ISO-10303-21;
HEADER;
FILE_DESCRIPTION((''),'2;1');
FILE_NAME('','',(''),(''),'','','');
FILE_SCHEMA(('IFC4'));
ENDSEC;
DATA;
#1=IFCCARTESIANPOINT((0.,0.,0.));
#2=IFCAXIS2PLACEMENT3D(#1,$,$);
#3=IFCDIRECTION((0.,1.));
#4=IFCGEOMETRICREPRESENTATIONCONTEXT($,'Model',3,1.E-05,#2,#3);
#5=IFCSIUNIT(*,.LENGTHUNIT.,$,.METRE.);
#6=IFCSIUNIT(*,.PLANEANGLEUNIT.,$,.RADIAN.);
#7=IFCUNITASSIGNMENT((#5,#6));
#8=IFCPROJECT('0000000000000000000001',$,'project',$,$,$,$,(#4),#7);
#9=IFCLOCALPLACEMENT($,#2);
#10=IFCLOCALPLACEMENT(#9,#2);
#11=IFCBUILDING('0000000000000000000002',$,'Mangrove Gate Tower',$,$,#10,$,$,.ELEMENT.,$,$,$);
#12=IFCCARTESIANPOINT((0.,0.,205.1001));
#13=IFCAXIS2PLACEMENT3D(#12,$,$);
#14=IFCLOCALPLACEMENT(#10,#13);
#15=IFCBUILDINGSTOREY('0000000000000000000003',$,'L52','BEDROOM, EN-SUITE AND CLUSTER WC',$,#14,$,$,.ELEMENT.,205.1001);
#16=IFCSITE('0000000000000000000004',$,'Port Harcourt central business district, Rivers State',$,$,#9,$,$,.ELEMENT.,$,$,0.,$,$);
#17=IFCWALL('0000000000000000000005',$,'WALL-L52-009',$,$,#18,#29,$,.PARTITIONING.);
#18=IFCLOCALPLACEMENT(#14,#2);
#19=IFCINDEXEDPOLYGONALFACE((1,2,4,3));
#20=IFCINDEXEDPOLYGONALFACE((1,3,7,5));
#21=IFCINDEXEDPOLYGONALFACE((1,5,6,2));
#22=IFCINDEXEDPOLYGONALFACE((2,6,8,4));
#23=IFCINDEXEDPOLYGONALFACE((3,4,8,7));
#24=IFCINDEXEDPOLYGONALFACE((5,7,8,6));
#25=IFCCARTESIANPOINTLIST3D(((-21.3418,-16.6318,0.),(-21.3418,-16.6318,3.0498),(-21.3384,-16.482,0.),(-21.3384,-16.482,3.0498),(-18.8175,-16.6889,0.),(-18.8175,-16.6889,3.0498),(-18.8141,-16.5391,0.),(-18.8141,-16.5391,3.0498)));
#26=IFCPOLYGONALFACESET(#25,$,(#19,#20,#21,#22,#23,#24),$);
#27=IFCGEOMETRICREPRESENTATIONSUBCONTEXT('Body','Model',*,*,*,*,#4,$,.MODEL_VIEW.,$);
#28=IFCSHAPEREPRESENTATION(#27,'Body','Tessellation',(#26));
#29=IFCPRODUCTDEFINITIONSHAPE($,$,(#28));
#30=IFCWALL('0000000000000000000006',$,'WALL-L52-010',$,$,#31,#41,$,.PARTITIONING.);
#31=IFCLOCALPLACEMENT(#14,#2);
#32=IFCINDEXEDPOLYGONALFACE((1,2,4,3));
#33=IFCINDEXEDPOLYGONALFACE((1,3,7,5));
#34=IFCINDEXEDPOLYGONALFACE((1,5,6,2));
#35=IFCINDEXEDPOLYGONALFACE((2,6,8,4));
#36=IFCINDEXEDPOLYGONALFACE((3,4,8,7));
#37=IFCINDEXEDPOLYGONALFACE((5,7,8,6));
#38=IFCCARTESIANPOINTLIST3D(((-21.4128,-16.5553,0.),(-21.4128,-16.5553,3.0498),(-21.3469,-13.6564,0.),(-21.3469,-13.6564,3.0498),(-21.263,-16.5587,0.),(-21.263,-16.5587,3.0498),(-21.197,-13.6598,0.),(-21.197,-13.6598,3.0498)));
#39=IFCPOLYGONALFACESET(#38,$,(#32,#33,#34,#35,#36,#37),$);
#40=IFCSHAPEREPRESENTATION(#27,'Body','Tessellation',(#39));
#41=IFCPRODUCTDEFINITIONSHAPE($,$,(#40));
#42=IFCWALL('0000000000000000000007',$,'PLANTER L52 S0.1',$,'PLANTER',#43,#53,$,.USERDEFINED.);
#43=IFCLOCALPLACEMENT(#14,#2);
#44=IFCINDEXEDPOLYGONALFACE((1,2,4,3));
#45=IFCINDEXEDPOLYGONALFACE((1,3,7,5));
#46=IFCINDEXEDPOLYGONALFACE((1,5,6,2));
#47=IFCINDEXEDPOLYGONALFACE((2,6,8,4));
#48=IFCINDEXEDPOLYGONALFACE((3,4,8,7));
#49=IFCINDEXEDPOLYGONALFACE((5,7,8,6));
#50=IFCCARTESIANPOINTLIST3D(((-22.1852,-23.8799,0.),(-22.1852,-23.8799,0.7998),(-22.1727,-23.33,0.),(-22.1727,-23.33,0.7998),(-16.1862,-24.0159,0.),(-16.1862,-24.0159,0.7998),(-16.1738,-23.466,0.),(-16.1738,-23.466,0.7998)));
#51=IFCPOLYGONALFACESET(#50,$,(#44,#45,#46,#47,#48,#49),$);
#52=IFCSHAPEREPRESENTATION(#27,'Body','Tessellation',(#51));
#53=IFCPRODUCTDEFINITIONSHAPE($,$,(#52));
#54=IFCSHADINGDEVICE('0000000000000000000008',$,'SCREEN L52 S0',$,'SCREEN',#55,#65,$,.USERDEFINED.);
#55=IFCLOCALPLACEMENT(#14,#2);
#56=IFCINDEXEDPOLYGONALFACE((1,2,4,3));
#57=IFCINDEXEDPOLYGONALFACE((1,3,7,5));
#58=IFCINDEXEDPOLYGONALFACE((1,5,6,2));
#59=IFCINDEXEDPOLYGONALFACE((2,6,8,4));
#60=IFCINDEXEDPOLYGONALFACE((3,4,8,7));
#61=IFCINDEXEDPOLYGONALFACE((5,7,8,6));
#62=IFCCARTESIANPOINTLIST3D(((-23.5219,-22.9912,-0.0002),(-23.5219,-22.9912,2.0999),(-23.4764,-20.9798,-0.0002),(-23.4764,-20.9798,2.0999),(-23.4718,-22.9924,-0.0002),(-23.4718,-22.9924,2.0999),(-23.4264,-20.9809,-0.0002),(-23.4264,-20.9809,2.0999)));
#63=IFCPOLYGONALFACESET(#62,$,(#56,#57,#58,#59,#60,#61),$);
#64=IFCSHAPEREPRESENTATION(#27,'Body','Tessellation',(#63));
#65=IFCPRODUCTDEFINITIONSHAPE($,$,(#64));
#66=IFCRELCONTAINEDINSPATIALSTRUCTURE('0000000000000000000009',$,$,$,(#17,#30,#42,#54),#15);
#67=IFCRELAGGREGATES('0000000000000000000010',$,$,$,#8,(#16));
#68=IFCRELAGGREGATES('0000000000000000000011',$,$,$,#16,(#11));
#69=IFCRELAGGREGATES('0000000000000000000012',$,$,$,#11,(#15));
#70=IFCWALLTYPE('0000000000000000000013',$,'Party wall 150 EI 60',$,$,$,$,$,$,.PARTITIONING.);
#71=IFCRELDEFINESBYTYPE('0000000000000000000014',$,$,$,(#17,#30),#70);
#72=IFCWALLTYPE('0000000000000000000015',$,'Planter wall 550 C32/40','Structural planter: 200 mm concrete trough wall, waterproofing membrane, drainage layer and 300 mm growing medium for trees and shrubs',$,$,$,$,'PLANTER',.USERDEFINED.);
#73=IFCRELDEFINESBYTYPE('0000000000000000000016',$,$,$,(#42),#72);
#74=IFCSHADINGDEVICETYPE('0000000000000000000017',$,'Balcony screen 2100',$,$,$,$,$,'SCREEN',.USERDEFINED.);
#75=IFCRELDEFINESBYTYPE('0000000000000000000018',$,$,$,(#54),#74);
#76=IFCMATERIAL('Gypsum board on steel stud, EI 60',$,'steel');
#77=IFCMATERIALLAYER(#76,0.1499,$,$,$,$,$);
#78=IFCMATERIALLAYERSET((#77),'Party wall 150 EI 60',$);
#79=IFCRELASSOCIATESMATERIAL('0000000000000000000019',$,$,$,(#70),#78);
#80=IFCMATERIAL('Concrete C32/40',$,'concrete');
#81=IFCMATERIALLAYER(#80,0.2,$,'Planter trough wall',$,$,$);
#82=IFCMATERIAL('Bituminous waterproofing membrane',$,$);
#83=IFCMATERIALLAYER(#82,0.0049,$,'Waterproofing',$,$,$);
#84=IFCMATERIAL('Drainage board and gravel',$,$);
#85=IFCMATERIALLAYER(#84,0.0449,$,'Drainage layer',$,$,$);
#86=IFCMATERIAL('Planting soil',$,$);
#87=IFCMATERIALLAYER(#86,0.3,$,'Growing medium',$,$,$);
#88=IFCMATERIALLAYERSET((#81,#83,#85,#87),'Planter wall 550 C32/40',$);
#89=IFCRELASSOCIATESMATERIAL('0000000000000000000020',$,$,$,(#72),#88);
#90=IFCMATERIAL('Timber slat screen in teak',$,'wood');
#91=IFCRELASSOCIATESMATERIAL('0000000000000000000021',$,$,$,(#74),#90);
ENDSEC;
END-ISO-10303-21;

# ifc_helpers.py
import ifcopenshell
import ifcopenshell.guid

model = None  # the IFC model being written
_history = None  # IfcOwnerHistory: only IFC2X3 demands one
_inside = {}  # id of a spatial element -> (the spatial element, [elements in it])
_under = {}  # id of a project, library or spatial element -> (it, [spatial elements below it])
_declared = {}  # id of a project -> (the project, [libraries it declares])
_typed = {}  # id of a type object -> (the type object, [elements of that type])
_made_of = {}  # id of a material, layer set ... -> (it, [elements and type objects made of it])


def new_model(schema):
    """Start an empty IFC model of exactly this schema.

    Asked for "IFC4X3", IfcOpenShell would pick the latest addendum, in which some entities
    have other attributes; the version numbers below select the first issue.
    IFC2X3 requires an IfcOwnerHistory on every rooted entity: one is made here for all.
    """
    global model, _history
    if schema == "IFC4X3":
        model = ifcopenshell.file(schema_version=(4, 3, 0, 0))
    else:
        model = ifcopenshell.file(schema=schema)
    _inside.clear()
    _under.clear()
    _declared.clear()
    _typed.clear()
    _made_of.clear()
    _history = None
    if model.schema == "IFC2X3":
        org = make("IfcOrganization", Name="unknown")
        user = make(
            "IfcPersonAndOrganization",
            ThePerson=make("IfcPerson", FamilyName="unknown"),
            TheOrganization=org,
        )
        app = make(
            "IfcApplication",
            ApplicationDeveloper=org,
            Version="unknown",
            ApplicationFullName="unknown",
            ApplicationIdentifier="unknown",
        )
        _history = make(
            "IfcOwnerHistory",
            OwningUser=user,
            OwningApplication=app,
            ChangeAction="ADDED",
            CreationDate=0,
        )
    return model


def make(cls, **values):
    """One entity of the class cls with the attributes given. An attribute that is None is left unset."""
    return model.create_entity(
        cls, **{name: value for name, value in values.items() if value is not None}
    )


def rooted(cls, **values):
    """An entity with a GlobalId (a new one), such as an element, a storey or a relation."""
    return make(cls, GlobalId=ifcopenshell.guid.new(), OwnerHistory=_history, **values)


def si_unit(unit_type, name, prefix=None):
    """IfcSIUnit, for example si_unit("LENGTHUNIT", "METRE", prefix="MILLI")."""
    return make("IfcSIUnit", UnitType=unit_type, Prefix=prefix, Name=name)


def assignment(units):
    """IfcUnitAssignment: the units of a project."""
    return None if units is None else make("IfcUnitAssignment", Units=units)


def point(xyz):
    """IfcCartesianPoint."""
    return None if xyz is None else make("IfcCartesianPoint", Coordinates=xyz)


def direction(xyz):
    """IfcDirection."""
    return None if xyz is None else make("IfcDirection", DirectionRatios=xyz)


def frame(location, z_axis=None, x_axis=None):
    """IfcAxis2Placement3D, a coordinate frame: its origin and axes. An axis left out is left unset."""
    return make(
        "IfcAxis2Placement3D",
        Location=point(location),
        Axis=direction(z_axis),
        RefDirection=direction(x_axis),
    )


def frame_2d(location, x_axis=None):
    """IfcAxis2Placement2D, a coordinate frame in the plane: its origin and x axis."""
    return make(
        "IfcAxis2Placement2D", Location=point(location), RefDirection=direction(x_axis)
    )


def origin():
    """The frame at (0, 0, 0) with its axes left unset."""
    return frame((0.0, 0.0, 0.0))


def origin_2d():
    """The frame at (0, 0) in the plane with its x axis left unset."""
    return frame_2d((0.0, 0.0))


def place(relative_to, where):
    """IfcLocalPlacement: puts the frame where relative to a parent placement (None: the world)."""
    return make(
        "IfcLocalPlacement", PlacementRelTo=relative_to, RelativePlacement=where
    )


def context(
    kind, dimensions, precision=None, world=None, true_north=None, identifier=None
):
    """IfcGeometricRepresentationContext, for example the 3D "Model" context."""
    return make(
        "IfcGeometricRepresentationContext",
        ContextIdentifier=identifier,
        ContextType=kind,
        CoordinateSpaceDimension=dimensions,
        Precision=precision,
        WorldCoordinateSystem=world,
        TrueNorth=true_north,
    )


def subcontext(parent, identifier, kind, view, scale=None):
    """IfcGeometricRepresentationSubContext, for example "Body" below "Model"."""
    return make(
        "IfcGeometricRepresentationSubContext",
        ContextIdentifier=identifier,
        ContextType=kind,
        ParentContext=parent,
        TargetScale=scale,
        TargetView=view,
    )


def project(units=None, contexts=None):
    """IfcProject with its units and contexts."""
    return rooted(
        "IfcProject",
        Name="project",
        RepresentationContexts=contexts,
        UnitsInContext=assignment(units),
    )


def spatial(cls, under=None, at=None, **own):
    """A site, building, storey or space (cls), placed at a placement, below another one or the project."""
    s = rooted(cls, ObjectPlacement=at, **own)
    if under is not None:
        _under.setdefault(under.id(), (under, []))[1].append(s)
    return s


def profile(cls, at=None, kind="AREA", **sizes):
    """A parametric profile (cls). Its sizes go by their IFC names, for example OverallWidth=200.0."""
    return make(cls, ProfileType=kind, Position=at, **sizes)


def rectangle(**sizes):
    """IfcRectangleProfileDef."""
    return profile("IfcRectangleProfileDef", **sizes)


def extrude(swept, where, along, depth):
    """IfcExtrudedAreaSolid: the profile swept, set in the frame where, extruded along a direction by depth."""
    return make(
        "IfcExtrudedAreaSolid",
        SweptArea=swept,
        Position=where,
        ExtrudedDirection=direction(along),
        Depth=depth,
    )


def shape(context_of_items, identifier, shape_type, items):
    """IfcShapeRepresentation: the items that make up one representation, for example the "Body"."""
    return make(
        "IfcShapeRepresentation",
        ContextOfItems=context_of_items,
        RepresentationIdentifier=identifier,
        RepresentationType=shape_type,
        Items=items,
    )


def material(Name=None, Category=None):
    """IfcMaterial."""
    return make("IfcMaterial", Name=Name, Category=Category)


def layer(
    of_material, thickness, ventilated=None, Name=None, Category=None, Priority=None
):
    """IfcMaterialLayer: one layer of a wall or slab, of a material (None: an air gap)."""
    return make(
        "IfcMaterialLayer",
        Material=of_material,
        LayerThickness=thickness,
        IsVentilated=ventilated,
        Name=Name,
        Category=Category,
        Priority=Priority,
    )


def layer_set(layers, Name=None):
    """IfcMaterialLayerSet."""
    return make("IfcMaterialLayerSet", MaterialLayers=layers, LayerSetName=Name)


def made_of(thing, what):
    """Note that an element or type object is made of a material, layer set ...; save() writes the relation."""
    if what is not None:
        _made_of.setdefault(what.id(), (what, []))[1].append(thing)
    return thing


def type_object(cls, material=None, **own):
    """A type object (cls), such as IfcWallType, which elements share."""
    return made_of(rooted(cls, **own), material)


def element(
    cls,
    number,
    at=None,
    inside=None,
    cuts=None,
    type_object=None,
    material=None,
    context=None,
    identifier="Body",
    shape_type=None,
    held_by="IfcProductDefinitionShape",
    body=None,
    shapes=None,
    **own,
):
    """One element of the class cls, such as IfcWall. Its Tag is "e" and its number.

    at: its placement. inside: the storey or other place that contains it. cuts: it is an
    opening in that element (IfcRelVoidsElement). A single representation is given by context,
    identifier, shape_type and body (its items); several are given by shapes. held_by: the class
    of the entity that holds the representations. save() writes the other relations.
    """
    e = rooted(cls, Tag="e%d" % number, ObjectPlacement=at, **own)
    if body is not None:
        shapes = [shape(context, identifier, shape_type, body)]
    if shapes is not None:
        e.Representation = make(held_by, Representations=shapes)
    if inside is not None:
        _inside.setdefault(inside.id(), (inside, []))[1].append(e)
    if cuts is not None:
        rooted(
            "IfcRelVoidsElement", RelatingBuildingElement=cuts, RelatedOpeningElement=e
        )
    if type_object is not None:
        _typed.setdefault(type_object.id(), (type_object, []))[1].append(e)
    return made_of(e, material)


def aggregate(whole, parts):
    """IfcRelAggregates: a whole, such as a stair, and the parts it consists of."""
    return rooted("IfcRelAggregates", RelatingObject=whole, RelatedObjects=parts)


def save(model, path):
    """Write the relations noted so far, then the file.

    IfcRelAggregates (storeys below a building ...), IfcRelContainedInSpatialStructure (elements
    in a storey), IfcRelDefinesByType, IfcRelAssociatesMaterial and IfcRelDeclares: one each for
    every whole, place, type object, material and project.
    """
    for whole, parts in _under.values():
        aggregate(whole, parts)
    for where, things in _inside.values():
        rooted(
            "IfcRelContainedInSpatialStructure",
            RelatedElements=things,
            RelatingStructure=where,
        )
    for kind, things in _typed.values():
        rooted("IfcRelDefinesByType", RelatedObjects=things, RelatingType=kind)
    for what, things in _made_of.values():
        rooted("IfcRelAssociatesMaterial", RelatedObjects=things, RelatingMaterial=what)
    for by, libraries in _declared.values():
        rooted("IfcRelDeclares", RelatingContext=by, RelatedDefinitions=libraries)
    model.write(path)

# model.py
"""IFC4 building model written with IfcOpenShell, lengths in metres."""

from ifc_helpers import new_model, si_unit, direction, frame, frame_2d, origin, origin_2d, place, context, subcontext, project, spatial, rectangle, extrude, material, layer, layer_set, type_object, element, save


model = new_model("IFC4")

# Units and contexts
model_context = context("Model", 3, precision=1e-05, world=origin(), true_north=direction((0.0, 1.0)))
body_context = subcontext(model_context, "Body", "Model", "MODEL_VIEW")
ifc_project = project(units=[si_unit("LENGTHUNIT", "METRE"), si_unit("PLANEANGLEUNIT", "RADIAN")], contexts=[model_context])

# Site, building, storey
site_placement = place(None, origin())
site = spatial("IfcSite", under=ifc_project, at=site_placement, Name="Port Harcourt central business district, Rivers State", CompositionType="ELEMENT", RefElevation=0.0)
building_placement = place(site_placement, origin())
building = spatial("IfcBuilding", under=site, at=building_placement, Name="Mangrove Gate Tower", CompositionType="ELEMENT")
storey_placement = place(building_placement, frame((0.0, 0.0, 205.1001)))
storey = spatial("IfcBuildingStorey", under=building, at=storey_placement, Name="L52", Description="BEDROOM, EN-SUITE AND CLUSTER WC", CompositionType="ELEMENT", Elevation=205.1001)

# Walls
ifc_material_1 = material(Name="Gypsum board on steel stud, EI 60", Category="steel")
ifc_layer_1 = layer(ifc_material_1, 0.1499)
ifc_layer_set_1 = layer_set([ifc_layer_1], Name="Party wall 150 EI 60")
wall_type_1 = type_object("IfcWallType", Name="Party wall 150 EI 60", PredefinedType="PARTITIONING", material=ifc_layer_set_1)
wall_1_placement = place(storey_placement, frame((-21.3401, -16.5569, 0.0), z_axis=(0.0, 0.0, 1.0), x_axis=(0.999744, -0.022627, 0.0)))
element("IfcWall", 1, at=wall_1_placement, inside=storey, type_object=wall_type_1, Name="WALL-L52-009", PredefinedType="PARTITIONING", context=body_context, shape_type="SweptSolid", body=[
    extrude(rectangle(XDim=2.5249, YDim=0.1499, at=frame_2d((1.2625, 0.0))), origin(), (0.0, 0.0, 1.0), 3.0498),
])
wall_2_placement = place(storey_placement, frame((-21.3379, -16.5569, 0.0), z_axis=(0.0, 0.0, 1.0), x_axis=(0.022733, 0.999742, 0.0)))
element("IfcWall", 2, at=wall_2_placement, inside=storey, type_object=wall_type_1, Name="WALL-L52-010", PredefinedType="PARTITIONING", context=body_context, shape_type="SweptSolid", body=[
    extrude(rectangle(XDim=2.8997, YDim=0.1499, at=frame_2d((1.4497, 0.0))), origin(), (0.0, 0.0, 1.0), 3.0498),
])
ifc_material_2 = material(Name="Concrete C32/40", Category="concrete")
ifc_layer_2 = layer(ifc_material_2, 0.2, Name="Planter trough wall")
ifc_material_3 = material(Name="Bituminous waterproofing membrane")
ifc_layer_3 = layer(ifc_material_3, 0.0049, Name="Waterproofing")
ifc_material_4 = material(Name="Drainage board and gravel")
ifc_layer_4 = layer(ifc_material_4, 0.0449, Name="Drainage layer")
ifc_material_5 = material(Name="Planting soil")
ifc_layer_5 = layer(ifc_material_5, 0.3, Name="Growing medium")
ifc_layer_set_2 = layer_set([ifc_layer_2, ifc_layer_3, ifc_layer_4, ifc_layer_5], Name="Planter wall 550 C32/40")
wall_type_2 = type_object("IfcWallType", Name="Planter wall 550 C32/40", Description="Structural planter: 200 mm concrete trough wall, waterproofing membrane, drainage layer and 300 mm growing medium for trees and shrubs", ElementType="PLANTER", PredefinedType="USERDEFINED", material=ifc_layer_set_2)
wall_3_placement = place(storey_placement, frame((-22.179, -23.605, 0.0), z_axis=(0.0, 0.0, 1.0), x_axis=(0.999743, -0.022662, 0.0)))
element("IfcWall", 3, at=wall_3_placement, inside=storey, type_object=wall_type_2, Name="PLANTER L52 S0.1", ObjectType="PLANTER", PredefinedType="USERDEFINED", context=body_context, shape_type="SweptSolid", body=[
    extrude(rectangle(XDim=6.0005, YDim=0.55, at=frame_2d((3.0002, 0.0))), origin(), (0.0, 0.0, 1.0), 0.7998),
])

# Shading device
ifc_material_6 = material(Name="Timber slat screen in teak", Category="wood")
shading_device_type = type_object("IfcShadingDeviceType", Name="Balcony screen 2100", ElementType="SCREEN", PredefinedType="USERDEFINED", material=ifc_material_6)
shading_device_placement = place(storey_placement, frame((-23.4741, -21.9861, -0.0002), z_axis=(0.0, 0.0, 1.0), x_axis=(-0.0226, -0.999745, 0.0)))
element("IfcShadingDevice", 4, at=shading_device_placement, inside=storey, type_object=shading_device_type, Name="SCREEN L52 S0", ObjectType="SCREEN", PredefinedType="USERDEFINED", context=body_context, shape_type="SweptSolid", body=[
    extrude(rectangle(XDim=2.012, YDim=0.05, at=origin_2d()), origin(), (0.0, 0.0, 1.0), 2.1001),
])

save(model, "model.ifc")
